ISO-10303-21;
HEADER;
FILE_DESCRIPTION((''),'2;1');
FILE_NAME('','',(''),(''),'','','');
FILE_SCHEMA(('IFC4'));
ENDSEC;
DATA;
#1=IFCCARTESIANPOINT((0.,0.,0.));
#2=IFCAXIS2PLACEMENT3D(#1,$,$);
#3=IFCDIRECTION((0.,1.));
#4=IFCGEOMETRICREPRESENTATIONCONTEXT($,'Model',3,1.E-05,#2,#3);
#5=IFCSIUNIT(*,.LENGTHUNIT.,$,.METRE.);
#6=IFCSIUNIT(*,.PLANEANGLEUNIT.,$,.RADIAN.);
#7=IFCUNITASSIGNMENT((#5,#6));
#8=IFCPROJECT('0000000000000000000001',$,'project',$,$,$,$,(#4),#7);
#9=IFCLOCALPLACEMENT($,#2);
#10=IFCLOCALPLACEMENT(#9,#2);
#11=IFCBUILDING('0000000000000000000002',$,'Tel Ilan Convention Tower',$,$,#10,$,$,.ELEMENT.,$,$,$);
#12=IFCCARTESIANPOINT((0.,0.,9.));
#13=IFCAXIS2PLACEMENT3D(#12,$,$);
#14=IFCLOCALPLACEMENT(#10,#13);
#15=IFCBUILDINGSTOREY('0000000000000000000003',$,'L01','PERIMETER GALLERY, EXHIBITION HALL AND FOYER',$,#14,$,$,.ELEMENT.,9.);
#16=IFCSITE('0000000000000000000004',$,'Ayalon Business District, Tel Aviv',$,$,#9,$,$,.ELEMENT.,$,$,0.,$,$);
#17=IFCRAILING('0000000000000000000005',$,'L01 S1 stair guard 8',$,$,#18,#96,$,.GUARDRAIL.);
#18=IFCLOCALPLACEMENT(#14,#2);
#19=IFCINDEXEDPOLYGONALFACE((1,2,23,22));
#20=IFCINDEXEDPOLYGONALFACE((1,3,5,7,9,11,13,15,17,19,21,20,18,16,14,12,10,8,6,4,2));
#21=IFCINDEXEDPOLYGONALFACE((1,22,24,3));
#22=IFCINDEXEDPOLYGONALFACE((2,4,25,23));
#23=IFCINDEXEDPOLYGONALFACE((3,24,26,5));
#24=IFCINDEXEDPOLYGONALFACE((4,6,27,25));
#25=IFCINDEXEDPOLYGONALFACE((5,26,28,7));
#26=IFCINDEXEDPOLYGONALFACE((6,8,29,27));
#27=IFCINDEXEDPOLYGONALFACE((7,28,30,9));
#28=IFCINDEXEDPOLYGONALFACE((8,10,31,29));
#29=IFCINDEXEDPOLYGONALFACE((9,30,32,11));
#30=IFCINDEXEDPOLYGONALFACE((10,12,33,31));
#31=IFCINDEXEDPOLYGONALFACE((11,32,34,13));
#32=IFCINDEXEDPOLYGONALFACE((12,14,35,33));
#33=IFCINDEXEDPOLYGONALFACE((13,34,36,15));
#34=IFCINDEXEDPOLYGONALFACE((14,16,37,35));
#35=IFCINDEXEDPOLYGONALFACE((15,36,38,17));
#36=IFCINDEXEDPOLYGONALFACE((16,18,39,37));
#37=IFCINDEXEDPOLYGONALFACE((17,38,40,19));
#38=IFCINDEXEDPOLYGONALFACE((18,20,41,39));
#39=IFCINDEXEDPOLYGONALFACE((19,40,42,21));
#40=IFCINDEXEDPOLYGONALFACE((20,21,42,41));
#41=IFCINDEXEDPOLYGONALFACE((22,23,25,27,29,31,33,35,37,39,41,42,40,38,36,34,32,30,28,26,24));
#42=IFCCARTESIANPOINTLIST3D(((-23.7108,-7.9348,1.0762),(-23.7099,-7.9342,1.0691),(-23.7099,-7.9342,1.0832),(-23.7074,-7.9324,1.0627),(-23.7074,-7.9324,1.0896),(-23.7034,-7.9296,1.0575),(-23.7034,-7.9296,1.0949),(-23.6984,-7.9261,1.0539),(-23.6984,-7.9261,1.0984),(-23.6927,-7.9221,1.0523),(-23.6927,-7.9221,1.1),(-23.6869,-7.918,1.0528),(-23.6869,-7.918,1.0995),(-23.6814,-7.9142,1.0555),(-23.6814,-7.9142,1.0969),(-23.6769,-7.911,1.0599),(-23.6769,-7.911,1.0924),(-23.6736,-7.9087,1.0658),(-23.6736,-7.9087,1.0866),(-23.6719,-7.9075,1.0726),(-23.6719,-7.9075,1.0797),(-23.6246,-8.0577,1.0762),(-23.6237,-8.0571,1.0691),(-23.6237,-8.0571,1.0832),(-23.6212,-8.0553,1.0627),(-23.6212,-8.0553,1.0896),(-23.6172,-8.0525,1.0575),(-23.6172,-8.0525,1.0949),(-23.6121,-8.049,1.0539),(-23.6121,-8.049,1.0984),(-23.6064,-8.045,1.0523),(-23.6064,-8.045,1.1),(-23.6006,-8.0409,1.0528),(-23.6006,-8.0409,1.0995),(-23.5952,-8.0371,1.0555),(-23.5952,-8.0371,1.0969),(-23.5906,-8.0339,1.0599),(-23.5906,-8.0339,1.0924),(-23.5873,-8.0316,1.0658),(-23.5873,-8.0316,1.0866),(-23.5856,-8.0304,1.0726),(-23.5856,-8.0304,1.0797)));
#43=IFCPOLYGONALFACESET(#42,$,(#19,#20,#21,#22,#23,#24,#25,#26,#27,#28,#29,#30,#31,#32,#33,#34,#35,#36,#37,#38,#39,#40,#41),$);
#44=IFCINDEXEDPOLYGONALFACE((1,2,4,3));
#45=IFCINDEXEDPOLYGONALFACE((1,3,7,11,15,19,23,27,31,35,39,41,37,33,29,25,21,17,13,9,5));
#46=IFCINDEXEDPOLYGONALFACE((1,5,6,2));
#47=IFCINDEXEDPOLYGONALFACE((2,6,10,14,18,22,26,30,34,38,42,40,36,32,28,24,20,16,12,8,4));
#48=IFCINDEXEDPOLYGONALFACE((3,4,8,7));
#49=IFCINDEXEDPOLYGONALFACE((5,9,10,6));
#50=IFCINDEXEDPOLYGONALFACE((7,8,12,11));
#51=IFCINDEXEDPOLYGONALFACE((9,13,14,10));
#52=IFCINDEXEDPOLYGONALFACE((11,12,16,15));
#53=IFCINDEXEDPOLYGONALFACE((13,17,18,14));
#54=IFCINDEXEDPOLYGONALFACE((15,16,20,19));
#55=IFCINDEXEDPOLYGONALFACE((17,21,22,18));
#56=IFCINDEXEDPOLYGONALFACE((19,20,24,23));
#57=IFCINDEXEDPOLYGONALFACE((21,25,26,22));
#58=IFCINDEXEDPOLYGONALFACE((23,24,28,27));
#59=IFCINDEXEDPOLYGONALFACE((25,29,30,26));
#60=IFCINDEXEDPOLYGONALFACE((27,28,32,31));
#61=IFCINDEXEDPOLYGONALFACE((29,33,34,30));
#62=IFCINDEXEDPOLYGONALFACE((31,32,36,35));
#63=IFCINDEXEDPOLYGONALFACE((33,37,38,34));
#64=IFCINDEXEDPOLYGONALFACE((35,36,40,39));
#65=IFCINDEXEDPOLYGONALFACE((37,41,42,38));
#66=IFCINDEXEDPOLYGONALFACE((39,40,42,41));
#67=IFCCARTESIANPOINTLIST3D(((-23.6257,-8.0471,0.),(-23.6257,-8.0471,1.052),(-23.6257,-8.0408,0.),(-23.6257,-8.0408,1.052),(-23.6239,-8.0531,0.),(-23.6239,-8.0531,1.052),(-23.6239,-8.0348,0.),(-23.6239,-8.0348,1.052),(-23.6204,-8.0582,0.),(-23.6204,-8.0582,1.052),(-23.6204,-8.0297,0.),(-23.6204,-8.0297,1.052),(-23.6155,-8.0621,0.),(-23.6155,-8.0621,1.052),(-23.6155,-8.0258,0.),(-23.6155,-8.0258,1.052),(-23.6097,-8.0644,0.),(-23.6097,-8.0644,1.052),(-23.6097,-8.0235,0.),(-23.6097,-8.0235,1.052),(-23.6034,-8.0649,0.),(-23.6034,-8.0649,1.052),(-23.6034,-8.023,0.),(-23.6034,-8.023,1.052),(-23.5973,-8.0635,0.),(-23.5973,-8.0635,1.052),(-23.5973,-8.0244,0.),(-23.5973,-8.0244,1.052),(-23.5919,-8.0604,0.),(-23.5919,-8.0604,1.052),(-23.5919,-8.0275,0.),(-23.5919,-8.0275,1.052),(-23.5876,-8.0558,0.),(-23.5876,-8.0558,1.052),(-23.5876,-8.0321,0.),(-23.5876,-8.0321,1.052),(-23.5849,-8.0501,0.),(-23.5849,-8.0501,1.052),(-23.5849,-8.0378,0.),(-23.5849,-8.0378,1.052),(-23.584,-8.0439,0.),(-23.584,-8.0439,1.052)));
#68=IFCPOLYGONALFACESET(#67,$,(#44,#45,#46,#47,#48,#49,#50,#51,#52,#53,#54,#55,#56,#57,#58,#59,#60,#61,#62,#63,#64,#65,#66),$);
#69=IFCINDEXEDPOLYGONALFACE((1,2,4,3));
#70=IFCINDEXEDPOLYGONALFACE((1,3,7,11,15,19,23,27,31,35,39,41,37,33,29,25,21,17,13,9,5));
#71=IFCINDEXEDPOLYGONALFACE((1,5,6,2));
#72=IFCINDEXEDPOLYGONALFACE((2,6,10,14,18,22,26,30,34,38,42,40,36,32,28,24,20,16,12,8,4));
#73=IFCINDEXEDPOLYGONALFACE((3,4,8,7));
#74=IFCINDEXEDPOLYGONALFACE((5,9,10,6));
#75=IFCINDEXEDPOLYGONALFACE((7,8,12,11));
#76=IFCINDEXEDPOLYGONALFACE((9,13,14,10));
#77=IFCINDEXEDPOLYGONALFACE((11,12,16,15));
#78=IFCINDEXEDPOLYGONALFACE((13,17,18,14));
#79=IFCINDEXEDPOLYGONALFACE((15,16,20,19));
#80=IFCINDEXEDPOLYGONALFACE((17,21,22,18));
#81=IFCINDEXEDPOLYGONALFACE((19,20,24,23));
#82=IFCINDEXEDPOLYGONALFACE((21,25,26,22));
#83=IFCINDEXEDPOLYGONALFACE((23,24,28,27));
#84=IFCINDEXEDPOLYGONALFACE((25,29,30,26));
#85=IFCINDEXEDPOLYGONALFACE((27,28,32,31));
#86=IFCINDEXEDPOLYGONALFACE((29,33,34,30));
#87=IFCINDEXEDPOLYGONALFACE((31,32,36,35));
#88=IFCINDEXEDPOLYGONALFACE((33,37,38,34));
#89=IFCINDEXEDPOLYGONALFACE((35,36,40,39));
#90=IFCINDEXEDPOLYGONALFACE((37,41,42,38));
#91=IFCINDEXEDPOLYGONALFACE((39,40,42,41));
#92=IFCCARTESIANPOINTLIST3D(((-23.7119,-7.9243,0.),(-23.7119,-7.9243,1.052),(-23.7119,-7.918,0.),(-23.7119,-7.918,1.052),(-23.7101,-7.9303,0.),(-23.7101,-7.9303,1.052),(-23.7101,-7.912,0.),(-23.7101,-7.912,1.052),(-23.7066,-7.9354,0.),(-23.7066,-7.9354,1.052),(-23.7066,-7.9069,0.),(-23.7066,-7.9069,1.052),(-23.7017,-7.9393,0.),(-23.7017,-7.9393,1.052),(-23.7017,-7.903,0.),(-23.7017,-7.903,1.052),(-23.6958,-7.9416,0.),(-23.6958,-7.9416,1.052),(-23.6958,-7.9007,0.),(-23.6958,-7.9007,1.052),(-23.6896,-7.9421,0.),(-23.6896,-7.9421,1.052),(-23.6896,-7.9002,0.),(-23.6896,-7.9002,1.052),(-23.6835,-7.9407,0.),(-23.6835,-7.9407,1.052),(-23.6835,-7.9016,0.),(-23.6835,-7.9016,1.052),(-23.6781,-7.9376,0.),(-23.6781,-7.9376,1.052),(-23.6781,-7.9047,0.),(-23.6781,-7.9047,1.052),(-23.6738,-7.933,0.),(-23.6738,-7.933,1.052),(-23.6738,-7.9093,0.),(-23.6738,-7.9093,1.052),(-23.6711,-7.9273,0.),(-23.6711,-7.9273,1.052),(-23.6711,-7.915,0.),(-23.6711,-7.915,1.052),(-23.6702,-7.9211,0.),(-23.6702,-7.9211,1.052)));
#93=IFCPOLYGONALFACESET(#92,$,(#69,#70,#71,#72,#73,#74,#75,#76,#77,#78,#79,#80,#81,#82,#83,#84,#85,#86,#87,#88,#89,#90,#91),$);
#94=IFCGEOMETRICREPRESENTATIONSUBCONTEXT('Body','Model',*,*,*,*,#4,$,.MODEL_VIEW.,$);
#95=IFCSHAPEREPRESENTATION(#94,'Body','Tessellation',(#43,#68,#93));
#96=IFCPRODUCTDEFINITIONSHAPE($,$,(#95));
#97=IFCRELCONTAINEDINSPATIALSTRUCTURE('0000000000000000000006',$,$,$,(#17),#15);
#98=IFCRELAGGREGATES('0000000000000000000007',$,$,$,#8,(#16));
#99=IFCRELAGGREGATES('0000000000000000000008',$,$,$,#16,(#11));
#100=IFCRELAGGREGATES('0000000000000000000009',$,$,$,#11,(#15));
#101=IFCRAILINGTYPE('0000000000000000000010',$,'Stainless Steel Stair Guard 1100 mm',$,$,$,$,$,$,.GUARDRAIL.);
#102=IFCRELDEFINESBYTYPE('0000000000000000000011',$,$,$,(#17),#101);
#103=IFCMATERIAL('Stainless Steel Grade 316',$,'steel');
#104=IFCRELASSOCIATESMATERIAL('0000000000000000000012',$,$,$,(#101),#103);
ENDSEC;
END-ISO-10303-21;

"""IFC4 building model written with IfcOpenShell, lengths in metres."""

from ifc_helpers import new_model, si_unit, direction, frame, origin, origin_2d, place, context, subcontext, project, spatial, circle, extrude, material, type_object, element, save


model = new_model("IFC4")

# Units and contexts
model_context = context("Model", 3, precision=1e-05, world=origin(), true_north=direction((0.0, 1.0)))
body_context = subcontext(model_context, "Body", "Model", "MODEL_VIEW")
ifc_project = project(units=[si_unit("LENGTHUNIT", "METRE"), si_unit("PLANEANGLEUNIT", "RADIAN")], contexts=[model_context])

# Site, building, storey
site_placement = place(None, origin())
site = spatial("IfcSite", under=ifc_project, at=site_placement, Name="Ayalon Business District, Tel Aviv", CompositionType="ELEMENT", RefElevation=0.0)
building_placement = place(site_placement, origin())
building = spatial("IfcBuilding", under=site, at=building_placement, Name="Tel Ilan Convention Tower", CompositionType="ELEMENT")
storey_placement = place(building_placement, frame((0.0, 0.0, 9.0)))
storey = spatial("IfcBuildingStorey", under=building, at=storey_placement, Name="L01", Description="PERIMETER GALLERY, EXHIBITION HALL AND FOYER", CompositionType="ELEMENT", Elevation=9.0)

# Railing
ifc_material_1 = material(Name="Stainless Steel Grade 316", Category="steel")
railing_type = type_object("IfcRailingType", Name="Stainless Steel Stair Guard 1100 mm", PredefinedType="GUARDRAIL", material=ifc_material_1)
railing_1_placement = place(storey_placement, frame((-23.605, -8.0439, 0.0)))
element("IfcRailing", 1, at=railing_1_placement, inside=storey, type_object=railing_type, Name="L01 S1 stair guard 8", PredefinedType="GUARDRAIL", context=body_context, shape_type="SweptSolid", body=[
    extrude(circle(Radius=0.0239, at=origin_2d()), frame((0.0, 0.0, 1.0762), z_axis=(-0.574445, 0.818543, 0.0), x_axis=(-0.818543, -0.574445, 0.0)), (0.0, 0.0, 1.0), 0.1501),
    extrude(circle(Radius=0.021, at=origin_2d()), origin(), (0.0, 0.0, 1.0), 1.052),
    extrude(circle(Radius=0.021, at=origin_2d()), frame((-0.0862, 0.1228, 0.0)), (0.0, 0.0, 1.0), 1.052),
])

save(model, "model.ifc")
